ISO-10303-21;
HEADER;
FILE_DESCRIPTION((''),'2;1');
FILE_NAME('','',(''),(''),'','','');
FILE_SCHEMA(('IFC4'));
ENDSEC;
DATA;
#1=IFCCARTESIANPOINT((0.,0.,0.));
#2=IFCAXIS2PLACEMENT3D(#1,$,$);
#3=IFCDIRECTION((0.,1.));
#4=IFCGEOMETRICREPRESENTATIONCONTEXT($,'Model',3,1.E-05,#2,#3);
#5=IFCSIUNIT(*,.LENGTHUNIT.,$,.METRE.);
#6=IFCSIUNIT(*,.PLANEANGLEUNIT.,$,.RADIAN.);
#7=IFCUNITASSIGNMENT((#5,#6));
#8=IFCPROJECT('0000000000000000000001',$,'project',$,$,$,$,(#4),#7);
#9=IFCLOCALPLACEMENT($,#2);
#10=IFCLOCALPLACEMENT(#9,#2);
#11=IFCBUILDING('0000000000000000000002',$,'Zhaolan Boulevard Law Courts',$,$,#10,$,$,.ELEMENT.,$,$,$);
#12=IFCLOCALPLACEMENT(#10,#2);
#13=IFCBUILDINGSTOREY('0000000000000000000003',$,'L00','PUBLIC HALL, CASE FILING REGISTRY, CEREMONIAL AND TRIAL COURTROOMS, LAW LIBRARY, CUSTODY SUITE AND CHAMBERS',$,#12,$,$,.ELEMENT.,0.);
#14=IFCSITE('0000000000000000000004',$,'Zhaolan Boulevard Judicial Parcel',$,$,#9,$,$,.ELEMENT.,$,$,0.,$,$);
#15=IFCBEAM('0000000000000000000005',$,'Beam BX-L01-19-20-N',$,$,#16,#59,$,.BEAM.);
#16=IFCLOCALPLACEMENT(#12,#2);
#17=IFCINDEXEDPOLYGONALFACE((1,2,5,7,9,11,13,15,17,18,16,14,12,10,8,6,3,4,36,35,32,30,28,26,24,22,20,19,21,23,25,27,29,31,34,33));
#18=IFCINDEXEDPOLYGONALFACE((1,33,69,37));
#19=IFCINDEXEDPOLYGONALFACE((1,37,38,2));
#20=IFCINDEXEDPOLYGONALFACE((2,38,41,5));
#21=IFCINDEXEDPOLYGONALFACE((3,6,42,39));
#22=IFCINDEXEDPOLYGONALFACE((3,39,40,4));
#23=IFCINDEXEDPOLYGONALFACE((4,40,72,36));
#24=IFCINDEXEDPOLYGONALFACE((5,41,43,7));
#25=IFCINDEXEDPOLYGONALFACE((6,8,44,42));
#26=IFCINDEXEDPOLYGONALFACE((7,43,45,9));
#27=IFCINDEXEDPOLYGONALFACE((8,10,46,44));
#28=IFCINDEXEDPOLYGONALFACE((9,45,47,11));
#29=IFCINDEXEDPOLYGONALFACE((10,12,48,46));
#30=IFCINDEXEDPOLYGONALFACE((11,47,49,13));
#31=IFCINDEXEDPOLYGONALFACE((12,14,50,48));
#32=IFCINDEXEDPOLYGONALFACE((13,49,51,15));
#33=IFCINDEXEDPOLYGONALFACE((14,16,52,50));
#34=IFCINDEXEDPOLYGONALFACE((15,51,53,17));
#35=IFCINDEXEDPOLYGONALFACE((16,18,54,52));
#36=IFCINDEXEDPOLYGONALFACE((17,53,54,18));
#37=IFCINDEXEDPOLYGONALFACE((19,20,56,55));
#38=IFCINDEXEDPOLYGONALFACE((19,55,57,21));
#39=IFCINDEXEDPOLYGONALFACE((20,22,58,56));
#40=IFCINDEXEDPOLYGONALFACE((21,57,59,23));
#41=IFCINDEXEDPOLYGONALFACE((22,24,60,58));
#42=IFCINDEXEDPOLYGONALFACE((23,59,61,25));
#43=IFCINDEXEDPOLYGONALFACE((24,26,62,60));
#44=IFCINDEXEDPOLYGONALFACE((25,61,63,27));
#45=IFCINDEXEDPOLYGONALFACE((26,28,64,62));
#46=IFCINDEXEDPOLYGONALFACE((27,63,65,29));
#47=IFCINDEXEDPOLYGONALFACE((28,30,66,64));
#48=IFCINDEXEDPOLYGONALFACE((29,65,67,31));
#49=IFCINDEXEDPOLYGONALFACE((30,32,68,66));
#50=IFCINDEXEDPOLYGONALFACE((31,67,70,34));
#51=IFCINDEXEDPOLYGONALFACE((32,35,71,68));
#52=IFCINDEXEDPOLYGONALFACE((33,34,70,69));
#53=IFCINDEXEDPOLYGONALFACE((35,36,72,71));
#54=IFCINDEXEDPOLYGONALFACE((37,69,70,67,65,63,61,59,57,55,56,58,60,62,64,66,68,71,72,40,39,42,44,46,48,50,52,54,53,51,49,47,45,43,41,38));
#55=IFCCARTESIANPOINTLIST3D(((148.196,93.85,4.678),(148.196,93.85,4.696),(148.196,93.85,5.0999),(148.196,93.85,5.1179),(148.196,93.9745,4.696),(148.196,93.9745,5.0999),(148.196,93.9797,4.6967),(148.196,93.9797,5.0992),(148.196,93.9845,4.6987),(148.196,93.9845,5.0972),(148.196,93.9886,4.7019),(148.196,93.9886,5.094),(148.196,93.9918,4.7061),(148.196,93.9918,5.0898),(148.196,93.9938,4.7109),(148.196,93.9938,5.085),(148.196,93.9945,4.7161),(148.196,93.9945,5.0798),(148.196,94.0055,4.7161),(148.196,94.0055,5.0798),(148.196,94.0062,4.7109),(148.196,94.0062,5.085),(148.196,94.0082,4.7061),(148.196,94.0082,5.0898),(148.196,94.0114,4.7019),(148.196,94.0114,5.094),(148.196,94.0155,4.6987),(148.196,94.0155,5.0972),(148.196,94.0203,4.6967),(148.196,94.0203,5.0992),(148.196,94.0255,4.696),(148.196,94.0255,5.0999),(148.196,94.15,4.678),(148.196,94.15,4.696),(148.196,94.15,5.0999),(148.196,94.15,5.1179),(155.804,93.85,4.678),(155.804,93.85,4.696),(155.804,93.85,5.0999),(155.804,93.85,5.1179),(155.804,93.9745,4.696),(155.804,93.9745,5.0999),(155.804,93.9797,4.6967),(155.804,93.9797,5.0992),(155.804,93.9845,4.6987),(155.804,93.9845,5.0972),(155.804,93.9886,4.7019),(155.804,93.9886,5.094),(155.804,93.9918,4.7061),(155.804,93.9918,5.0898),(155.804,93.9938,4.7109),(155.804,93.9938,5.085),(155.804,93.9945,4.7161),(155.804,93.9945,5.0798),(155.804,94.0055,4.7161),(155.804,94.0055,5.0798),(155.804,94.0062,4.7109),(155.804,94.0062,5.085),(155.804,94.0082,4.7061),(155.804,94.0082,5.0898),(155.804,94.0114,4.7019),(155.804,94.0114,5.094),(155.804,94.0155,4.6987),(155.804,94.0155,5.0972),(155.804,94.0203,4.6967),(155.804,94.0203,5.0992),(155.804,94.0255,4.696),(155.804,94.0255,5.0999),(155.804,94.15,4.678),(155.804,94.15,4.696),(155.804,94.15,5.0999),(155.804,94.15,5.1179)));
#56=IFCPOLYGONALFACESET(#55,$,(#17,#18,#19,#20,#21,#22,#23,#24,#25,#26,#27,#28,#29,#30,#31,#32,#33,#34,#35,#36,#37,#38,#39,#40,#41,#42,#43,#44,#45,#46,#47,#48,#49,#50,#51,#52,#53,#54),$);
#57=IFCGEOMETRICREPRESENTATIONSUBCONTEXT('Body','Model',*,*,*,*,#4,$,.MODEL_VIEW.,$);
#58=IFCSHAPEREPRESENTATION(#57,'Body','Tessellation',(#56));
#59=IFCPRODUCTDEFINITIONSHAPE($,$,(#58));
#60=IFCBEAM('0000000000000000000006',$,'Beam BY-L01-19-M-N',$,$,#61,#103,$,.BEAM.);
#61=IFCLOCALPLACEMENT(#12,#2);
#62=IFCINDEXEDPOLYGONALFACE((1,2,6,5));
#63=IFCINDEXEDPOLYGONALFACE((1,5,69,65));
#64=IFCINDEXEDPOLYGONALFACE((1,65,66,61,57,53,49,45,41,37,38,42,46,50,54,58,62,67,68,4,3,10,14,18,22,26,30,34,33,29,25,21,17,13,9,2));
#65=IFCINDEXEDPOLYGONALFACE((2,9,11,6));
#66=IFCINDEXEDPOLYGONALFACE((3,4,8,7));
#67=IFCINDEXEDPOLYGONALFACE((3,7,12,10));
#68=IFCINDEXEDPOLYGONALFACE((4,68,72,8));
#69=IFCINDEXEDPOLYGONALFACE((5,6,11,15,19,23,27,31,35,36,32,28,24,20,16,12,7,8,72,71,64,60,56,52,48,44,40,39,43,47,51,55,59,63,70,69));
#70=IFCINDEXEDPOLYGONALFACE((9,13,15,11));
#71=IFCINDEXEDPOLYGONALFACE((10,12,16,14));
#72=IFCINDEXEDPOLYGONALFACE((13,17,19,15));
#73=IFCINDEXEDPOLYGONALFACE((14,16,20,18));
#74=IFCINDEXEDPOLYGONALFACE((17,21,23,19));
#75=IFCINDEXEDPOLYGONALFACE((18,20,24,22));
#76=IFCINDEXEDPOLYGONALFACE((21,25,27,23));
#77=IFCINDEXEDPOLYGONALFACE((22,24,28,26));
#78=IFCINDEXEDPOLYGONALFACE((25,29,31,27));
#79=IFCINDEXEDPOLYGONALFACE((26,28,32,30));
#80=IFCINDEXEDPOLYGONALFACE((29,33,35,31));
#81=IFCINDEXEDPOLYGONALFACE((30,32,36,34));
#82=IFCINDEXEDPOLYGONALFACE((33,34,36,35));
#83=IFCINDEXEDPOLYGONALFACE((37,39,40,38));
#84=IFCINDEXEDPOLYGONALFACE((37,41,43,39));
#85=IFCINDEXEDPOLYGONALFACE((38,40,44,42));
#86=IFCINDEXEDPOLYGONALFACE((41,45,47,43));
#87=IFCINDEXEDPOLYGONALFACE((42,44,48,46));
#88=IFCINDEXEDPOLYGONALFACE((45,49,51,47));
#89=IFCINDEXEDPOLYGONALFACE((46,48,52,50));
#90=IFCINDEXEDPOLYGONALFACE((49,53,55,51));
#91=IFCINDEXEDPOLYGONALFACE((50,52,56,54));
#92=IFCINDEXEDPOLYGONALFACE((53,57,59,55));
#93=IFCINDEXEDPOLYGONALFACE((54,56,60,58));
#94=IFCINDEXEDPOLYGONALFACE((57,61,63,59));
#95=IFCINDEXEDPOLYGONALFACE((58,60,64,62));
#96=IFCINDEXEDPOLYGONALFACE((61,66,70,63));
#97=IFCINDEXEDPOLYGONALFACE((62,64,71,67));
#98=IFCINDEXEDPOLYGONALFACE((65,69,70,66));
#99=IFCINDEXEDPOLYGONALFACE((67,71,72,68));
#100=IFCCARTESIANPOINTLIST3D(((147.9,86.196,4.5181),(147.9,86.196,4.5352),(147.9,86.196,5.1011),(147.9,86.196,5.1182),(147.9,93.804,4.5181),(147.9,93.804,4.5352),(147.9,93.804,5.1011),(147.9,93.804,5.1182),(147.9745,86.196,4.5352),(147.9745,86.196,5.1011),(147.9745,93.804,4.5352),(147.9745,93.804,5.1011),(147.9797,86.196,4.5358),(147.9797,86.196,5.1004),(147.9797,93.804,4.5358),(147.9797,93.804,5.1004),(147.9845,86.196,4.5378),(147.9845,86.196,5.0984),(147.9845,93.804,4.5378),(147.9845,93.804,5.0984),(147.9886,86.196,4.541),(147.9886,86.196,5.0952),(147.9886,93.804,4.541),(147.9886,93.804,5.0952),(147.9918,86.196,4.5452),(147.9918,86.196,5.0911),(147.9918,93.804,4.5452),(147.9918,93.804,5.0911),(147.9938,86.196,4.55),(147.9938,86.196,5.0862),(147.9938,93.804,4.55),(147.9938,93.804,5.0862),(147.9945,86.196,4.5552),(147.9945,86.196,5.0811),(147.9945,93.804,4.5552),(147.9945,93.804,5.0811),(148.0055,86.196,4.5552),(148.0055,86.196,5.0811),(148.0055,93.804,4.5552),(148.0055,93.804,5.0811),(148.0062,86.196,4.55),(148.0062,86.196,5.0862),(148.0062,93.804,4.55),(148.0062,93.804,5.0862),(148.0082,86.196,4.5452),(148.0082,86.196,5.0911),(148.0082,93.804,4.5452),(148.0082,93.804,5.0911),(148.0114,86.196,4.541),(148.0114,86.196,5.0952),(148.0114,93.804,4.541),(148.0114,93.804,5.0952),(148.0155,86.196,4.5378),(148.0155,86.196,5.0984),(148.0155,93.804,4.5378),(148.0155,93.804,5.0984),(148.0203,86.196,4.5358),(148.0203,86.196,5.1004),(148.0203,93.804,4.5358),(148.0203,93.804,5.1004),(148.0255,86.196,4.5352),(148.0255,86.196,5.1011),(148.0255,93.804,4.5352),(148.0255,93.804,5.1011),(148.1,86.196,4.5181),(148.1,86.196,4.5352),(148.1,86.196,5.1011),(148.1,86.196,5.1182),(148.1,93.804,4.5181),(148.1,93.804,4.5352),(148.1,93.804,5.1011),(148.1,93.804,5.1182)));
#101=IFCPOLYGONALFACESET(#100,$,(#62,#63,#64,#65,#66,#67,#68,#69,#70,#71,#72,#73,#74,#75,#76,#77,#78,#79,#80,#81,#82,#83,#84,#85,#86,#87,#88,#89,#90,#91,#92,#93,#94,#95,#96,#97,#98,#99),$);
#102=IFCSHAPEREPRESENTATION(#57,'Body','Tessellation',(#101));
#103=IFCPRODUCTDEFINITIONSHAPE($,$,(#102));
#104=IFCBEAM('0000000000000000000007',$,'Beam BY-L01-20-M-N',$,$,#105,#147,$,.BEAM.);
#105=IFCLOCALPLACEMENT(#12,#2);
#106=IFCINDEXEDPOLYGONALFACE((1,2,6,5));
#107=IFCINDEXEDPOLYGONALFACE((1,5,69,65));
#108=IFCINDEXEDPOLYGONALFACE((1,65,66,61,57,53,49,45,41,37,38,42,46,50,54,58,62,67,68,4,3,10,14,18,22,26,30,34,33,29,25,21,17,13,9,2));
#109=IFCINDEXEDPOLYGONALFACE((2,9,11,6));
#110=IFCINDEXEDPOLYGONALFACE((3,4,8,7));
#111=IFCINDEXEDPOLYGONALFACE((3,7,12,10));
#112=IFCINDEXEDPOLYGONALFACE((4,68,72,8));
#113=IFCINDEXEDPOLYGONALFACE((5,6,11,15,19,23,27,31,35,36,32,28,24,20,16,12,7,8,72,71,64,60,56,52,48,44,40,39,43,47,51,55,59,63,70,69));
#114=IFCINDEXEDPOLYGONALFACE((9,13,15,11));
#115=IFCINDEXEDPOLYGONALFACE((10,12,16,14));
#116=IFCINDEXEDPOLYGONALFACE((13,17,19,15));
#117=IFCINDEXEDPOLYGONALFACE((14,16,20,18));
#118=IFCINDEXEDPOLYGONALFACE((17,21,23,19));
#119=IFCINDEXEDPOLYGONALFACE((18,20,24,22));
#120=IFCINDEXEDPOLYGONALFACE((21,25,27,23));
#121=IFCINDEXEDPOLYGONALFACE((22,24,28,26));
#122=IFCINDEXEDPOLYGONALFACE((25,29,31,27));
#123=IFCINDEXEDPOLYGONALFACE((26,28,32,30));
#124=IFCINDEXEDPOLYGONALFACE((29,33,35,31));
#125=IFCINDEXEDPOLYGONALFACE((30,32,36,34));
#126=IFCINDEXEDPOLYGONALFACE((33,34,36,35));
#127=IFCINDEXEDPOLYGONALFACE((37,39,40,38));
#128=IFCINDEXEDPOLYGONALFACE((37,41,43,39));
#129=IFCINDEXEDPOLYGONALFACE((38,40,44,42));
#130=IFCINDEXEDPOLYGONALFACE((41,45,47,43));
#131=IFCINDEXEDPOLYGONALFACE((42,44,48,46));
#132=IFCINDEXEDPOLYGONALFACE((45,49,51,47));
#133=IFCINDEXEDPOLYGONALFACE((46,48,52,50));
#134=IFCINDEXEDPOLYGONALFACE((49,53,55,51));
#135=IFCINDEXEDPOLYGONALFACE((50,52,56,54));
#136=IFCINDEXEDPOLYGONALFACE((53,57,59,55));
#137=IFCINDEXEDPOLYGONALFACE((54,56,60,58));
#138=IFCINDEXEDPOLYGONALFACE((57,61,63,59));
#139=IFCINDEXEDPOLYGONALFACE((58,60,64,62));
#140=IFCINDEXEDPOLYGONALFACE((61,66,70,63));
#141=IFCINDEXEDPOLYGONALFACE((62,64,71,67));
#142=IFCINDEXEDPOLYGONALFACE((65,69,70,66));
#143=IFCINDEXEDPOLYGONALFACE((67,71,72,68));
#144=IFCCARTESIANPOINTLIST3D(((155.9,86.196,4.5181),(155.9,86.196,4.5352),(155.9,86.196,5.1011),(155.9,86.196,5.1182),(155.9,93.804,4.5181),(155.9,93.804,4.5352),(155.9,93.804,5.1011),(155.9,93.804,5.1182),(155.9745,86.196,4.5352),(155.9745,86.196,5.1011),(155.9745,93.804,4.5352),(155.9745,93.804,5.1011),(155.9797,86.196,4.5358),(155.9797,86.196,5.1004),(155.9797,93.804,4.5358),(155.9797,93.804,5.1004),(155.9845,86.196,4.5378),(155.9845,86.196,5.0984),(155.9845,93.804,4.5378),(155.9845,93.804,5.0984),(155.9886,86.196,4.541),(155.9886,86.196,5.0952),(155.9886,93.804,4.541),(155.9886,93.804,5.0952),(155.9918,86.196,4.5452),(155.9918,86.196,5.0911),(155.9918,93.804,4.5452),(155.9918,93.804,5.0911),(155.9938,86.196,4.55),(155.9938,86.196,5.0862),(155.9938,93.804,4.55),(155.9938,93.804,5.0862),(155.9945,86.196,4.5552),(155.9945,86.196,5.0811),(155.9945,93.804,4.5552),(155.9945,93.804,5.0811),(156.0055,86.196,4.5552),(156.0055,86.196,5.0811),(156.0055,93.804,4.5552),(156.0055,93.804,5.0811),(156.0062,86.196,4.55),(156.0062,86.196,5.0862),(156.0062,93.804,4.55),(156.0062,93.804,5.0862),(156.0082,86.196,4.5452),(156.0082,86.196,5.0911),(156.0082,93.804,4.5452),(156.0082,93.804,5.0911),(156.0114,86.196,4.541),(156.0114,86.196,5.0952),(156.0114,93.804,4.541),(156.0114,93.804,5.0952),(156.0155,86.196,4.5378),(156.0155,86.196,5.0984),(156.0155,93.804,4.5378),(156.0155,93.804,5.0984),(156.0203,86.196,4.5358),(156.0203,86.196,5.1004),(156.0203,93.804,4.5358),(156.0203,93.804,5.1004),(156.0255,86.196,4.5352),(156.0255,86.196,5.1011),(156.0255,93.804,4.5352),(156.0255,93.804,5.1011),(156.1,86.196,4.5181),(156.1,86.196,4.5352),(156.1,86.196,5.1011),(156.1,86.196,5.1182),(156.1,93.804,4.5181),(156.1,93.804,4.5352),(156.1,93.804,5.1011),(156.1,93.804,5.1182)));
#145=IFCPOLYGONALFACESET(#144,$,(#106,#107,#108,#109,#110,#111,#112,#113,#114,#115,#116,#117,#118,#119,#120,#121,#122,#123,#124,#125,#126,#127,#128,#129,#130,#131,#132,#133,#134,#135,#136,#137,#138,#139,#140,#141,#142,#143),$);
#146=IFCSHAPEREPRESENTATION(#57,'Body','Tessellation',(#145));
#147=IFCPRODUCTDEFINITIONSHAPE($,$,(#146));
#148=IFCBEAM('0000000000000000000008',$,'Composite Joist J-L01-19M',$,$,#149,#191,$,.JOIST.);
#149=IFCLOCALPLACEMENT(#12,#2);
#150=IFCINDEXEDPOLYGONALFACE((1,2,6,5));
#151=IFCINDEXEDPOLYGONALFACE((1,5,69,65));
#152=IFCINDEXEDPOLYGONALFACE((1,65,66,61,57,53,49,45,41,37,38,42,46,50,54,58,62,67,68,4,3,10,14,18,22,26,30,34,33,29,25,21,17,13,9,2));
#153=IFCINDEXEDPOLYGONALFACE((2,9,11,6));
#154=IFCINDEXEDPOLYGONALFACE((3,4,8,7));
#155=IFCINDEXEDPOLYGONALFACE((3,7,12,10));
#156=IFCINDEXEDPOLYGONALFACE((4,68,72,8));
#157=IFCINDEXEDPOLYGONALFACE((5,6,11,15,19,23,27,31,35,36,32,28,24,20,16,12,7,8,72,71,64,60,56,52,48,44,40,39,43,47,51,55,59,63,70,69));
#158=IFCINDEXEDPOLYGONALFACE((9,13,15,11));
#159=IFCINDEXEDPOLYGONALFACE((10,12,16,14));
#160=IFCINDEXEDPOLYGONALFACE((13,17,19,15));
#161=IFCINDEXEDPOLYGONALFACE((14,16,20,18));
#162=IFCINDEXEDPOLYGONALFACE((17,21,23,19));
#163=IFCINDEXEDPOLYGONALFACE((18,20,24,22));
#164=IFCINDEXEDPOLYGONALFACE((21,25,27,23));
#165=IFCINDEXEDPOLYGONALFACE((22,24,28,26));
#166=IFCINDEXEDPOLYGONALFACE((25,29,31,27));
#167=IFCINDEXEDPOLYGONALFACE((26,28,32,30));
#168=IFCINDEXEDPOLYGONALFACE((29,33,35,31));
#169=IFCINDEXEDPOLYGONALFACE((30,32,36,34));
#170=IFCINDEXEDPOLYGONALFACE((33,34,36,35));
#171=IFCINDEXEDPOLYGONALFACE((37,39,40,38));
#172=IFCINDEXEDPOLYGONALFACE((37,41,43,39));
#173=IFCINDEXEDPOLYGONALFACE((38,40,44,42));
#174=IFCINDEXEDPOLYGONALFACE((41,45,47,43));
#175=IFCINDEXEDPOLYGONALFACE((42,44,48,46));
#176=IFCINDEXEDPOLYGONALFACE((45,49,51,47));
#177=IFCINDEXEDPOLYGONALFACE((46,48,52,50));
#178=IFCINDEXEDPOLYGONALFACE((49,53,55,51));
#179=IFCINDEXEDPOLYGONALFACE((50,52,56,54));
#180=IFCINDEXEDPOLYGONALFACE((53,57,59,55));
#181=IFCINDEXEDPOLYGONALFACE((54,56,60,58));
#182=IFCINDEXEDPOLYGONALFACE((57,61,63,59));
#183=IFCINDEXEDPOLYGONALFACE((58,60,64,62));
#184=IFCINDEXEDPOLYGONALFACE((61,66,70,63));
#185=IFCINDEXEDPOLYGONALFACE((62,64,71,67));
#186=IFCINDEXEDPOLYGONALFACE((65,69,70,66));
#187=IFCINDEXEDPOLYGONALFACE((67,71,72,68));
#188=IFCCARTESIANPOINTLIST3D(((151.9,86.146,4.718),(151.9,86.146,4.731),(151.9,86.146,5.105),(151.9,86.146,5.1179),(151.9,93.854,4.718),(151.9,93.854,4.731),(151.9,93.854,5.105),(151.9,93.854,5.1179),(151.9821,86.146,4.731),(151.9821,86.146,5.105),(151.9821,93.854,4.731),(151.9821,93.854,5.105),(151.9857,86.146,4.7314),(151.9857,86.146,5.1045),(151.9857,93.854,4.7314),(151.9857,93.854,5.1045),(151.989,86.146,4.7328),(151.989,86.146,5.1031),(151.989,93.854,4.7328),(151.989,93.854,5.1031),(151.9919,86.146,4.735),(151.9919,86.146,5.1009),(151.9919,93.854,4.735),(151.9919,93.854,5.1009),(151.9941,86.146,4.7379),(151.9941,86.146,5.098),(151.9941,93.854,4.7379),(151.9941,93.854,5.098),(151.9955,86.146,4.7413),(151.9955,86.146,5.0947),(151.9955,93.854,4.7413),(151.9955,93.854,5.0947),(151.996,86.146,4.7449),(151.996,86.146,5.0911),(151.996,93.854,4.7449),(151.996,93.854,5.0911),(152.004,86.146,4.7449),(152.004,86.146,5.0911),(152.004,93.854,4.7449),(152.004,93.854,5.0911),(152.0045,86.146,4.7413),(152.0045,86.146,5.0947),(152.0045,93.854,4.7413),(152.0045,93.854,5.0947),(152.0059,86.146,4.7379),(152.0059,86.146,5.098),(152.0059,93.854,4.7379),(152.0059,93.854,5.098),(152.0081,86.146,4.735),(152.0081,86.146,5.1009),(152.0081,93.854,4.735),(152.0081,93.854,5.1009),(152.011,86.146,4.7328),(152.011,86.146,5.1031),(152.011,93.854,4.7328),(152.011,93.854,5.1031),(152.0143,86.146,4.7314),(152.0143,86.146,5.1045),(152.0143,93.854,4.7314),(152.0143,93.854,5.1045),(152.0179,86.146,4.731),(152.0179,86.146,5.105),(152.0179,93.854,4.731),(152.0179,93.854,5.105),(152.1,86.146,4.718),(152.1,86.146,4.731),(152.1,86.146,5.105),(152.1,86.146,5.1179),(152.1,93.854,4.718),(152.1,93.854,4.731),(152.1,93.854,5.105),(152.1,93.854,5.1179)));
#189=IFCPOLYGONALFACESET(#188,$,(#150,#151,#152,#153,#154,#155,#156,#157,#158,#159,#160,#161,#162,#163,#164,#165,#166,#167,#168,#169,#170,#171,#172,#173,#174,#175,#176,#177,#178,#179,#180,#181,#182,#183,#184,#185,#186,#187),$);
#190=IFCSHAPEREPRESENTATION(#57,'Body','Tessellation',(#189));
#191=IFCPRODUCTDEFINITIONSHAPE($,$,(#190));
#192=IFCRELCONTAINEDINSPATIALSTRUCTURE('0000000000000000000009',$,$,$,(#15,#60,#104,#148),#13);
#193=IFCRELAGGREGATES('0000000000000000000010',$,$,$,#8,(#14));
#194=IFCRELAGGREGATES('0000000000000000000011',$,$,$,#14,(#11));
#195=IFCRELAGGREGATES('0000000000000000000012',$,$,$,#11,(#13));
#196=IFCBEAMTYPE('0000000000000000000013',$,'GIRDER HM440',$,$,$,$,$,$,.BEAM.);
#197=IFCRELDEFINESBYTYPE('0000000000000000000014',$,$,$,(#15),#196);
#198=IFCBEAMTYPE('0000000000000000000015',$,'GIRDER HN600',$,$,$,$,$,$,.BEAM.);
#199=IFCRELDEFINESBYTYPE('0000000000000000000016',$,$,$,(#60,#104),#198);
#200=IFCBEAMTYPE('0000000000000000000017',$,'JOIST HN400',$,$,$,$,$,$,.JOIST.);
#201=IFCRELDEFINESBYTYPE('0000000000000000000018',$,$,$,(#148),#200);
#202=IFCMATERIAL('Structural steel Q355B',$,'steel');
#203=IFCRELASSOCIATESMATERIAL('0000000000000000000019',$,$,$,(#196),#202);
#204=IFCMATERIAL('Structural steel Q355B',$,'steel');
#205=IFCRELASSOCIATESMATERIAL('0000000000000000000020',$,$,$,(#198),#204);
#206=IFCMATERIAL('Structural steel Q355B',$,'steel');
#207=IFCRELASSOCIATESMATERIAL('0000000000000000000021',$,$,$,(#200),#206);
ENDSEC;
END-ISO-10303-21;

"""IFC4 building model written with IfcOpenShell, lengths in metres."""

from ifc_helpers import new_model, si_unit, direction, frame, origin, origin_2d, place, context, subcontext, project, spatial, i_section, extrude, material, material_profile, profile_set, type_object, element, save


model = new_model("IFC4")

# Units and contexts
model_context = context("Model", 3, precision=1e-05, world=origin(), true_north=direction((0.0, 1.0)))
body_context = subcontext(model_context, "Body", "Model", "MODEL_VIEW")
ifc_project = project(units=[si_unit("LENGTHUNIT", "METRE"), si_unit("PLANEANGLEUNIT", "RADIAN")], contexts=[model_context])

# Site, building, storey
site_placement = place(None, origin())
site = spatial("IfcSite", under=ifc_project, at=site_placement, Name="Zhaolan Boulevard Judicial Parcel", CompositionType="ELEMENT", RefElevation=0.0)
building_placement = place(site_placement, origin())
building = spatial("IfcBuilding", under=site, at=building_placement, Name="Zhaolan Boulevard Law Courts", CompositionType="ELEMENT")
storey_placement = place(building_placement, origin())
storey = spatial("IfcBuildingStorey", under=building, at=storey_placement, Name="L00", Description="PUBLIC HALL, CASE FILING REGISTRY, CEREMONIAL AND TRIAL COURTROOMS, LAW LIBRARY, CUSTODY SUITE AND CHAMBERS", CompositionType="ELEMENT", Elevation=0.0)

# Beams
ifc_material_1 = material(Name="Structural steel Q355B", Category="steel")
ifc_material_profile_1 = material_profile(ifc_material_1, i_section(OverallWidth=0.3, OverallDepth=0.4399, WebThickness=0.011, FlangeThickness=0.0181, FilletRadius=0.02, at=origin_2d()), Name="HM440x300")
ifc_profile_set_1 = profile_set([ifc_material_profile_1], Name="Structural steel Q355B")
beam_type_1 = type_object("IfcBeamType", Name="GIRDER HM440", PredefinedType="BEAM", material=ifc_profile_set_1)
for number, where, z_axis, x_axis, name in (
    (1, (148.196, 94.0, 4.8979), (1.0, 0.0, 0.0), (0.0, 1.0, 0.0), "Beam BX-L01-19-20-N"),
):
    element("IfcBeam", number, at=place(storey_placement, frame(where, z_axis=z_axis, x_axis=x_axis)), inside=storey, type_object=beam_type_1, Name=name, PredefinedType="BEAM", context=body_context, shape_type="SweptSolid", body=[
        extrude(i_section(OverallWidth=0.3, OverallDepth=0.4399, WebThickness=0.011, FlangeThickness=0.0181, FilletRadius=0.02, at=origin_2d()), origin(), (0.0, 0.0, 1.0), 7.6079),
    ])
ifc_material_2 = material(Name="Structural steel Q355B", Category="steel")
ifc_material_profile_2 = material_profile(ifc_material_2, i_section(OverallWidth=0.2, OverallDepth=0.6001, WebThickness=0.011, FlangeThickness=0.0171, FilletRadius=0.02, at=origin_2d()), Name="HN600x200")
ifc_profile_set_2 = profile_set([ifc_material_profile_2], Name="Structural steel Q355B")
beam_type_2 = type_object("IfcBeamType", Name="GIRDER HN600", PredefinedType="BEAM", material=ifc_profile_set_2)
for number, where, z_axis, x_axis, name in (
    (2, (148.0, 86.196, 4.8181), (0.0, 1.0, 0.0), (-1.0, 0.0, 0.0), "Beam BY-L01-19-M-N"),
    (3, (156.0, 86.196, 4.8181), (0.0, 1.0, 0.0), (-1.0, 0.0, 0.0), "Beam BY-L01-20-M-N"),
):
    element("IfcBeam", number, at=place(storey_placement, frame(where, z_axis=z_axis, x_axis=x_axis)), inside=storey, type_object=beam_type_2, Name=name, PredefinedType="BEAM", context=body_context, shape_type="SweptSolid", body=[
        extrude(i_section(OverallWidth=0.2, OverallDepth=0.6001, WebThickness=0.011, FlangeThickness=0.0171, FilletRadius=0.02, at=origin_2d()), origin(), (0.0, 0.0, 1.0), 7.6079),
    ])
ifc_material_3 = material(Name="Structural steel Q355B", Category="steel")
ifc_material_profile_3 = material_profile(ifc_material_3, i_section(OverallWidth=0.2, OverallDepth=0.3999, WebThickness=0.0081, FlangeThickness=0.0129, FilletRadius=0.0139, at=origin_2d()), Name="HN400x200")
ifc_profile_set_3 = profile_set([ifc_material_profile_3], Name="Structural steel Q355B")
beam_type_3 = type_object("IfcBeamType", Name="JOIST HN400", PredefinedType="JOIST", material=ifc_profile_set_3)
beam_placement = place(storey_placement, frame((152.0, 86.146, 4.918), z_axis=(0.0, 1.0, 0.0), x_axis=(-1.0, 0.0, 0.0)))
element("IfcBeam", 4, at=beam_placement, inside=storey, type_object=beam_type_3, Name="Composite Joist J-L01-19M", PredefinedType="JOIST", context=body_context, shape_type="SweptSolid", body=[
    extrude(i_section(OverallWidth=0.2, OverallDepth=0.3999, WebThickness=0.0081, FlangeThickness=0.0129, FilletRadius=0.0139, at=origin_2d()), origin(), (0.0, 0.0, 1.0), 7.708),
])

save(model, "model.ifc")
